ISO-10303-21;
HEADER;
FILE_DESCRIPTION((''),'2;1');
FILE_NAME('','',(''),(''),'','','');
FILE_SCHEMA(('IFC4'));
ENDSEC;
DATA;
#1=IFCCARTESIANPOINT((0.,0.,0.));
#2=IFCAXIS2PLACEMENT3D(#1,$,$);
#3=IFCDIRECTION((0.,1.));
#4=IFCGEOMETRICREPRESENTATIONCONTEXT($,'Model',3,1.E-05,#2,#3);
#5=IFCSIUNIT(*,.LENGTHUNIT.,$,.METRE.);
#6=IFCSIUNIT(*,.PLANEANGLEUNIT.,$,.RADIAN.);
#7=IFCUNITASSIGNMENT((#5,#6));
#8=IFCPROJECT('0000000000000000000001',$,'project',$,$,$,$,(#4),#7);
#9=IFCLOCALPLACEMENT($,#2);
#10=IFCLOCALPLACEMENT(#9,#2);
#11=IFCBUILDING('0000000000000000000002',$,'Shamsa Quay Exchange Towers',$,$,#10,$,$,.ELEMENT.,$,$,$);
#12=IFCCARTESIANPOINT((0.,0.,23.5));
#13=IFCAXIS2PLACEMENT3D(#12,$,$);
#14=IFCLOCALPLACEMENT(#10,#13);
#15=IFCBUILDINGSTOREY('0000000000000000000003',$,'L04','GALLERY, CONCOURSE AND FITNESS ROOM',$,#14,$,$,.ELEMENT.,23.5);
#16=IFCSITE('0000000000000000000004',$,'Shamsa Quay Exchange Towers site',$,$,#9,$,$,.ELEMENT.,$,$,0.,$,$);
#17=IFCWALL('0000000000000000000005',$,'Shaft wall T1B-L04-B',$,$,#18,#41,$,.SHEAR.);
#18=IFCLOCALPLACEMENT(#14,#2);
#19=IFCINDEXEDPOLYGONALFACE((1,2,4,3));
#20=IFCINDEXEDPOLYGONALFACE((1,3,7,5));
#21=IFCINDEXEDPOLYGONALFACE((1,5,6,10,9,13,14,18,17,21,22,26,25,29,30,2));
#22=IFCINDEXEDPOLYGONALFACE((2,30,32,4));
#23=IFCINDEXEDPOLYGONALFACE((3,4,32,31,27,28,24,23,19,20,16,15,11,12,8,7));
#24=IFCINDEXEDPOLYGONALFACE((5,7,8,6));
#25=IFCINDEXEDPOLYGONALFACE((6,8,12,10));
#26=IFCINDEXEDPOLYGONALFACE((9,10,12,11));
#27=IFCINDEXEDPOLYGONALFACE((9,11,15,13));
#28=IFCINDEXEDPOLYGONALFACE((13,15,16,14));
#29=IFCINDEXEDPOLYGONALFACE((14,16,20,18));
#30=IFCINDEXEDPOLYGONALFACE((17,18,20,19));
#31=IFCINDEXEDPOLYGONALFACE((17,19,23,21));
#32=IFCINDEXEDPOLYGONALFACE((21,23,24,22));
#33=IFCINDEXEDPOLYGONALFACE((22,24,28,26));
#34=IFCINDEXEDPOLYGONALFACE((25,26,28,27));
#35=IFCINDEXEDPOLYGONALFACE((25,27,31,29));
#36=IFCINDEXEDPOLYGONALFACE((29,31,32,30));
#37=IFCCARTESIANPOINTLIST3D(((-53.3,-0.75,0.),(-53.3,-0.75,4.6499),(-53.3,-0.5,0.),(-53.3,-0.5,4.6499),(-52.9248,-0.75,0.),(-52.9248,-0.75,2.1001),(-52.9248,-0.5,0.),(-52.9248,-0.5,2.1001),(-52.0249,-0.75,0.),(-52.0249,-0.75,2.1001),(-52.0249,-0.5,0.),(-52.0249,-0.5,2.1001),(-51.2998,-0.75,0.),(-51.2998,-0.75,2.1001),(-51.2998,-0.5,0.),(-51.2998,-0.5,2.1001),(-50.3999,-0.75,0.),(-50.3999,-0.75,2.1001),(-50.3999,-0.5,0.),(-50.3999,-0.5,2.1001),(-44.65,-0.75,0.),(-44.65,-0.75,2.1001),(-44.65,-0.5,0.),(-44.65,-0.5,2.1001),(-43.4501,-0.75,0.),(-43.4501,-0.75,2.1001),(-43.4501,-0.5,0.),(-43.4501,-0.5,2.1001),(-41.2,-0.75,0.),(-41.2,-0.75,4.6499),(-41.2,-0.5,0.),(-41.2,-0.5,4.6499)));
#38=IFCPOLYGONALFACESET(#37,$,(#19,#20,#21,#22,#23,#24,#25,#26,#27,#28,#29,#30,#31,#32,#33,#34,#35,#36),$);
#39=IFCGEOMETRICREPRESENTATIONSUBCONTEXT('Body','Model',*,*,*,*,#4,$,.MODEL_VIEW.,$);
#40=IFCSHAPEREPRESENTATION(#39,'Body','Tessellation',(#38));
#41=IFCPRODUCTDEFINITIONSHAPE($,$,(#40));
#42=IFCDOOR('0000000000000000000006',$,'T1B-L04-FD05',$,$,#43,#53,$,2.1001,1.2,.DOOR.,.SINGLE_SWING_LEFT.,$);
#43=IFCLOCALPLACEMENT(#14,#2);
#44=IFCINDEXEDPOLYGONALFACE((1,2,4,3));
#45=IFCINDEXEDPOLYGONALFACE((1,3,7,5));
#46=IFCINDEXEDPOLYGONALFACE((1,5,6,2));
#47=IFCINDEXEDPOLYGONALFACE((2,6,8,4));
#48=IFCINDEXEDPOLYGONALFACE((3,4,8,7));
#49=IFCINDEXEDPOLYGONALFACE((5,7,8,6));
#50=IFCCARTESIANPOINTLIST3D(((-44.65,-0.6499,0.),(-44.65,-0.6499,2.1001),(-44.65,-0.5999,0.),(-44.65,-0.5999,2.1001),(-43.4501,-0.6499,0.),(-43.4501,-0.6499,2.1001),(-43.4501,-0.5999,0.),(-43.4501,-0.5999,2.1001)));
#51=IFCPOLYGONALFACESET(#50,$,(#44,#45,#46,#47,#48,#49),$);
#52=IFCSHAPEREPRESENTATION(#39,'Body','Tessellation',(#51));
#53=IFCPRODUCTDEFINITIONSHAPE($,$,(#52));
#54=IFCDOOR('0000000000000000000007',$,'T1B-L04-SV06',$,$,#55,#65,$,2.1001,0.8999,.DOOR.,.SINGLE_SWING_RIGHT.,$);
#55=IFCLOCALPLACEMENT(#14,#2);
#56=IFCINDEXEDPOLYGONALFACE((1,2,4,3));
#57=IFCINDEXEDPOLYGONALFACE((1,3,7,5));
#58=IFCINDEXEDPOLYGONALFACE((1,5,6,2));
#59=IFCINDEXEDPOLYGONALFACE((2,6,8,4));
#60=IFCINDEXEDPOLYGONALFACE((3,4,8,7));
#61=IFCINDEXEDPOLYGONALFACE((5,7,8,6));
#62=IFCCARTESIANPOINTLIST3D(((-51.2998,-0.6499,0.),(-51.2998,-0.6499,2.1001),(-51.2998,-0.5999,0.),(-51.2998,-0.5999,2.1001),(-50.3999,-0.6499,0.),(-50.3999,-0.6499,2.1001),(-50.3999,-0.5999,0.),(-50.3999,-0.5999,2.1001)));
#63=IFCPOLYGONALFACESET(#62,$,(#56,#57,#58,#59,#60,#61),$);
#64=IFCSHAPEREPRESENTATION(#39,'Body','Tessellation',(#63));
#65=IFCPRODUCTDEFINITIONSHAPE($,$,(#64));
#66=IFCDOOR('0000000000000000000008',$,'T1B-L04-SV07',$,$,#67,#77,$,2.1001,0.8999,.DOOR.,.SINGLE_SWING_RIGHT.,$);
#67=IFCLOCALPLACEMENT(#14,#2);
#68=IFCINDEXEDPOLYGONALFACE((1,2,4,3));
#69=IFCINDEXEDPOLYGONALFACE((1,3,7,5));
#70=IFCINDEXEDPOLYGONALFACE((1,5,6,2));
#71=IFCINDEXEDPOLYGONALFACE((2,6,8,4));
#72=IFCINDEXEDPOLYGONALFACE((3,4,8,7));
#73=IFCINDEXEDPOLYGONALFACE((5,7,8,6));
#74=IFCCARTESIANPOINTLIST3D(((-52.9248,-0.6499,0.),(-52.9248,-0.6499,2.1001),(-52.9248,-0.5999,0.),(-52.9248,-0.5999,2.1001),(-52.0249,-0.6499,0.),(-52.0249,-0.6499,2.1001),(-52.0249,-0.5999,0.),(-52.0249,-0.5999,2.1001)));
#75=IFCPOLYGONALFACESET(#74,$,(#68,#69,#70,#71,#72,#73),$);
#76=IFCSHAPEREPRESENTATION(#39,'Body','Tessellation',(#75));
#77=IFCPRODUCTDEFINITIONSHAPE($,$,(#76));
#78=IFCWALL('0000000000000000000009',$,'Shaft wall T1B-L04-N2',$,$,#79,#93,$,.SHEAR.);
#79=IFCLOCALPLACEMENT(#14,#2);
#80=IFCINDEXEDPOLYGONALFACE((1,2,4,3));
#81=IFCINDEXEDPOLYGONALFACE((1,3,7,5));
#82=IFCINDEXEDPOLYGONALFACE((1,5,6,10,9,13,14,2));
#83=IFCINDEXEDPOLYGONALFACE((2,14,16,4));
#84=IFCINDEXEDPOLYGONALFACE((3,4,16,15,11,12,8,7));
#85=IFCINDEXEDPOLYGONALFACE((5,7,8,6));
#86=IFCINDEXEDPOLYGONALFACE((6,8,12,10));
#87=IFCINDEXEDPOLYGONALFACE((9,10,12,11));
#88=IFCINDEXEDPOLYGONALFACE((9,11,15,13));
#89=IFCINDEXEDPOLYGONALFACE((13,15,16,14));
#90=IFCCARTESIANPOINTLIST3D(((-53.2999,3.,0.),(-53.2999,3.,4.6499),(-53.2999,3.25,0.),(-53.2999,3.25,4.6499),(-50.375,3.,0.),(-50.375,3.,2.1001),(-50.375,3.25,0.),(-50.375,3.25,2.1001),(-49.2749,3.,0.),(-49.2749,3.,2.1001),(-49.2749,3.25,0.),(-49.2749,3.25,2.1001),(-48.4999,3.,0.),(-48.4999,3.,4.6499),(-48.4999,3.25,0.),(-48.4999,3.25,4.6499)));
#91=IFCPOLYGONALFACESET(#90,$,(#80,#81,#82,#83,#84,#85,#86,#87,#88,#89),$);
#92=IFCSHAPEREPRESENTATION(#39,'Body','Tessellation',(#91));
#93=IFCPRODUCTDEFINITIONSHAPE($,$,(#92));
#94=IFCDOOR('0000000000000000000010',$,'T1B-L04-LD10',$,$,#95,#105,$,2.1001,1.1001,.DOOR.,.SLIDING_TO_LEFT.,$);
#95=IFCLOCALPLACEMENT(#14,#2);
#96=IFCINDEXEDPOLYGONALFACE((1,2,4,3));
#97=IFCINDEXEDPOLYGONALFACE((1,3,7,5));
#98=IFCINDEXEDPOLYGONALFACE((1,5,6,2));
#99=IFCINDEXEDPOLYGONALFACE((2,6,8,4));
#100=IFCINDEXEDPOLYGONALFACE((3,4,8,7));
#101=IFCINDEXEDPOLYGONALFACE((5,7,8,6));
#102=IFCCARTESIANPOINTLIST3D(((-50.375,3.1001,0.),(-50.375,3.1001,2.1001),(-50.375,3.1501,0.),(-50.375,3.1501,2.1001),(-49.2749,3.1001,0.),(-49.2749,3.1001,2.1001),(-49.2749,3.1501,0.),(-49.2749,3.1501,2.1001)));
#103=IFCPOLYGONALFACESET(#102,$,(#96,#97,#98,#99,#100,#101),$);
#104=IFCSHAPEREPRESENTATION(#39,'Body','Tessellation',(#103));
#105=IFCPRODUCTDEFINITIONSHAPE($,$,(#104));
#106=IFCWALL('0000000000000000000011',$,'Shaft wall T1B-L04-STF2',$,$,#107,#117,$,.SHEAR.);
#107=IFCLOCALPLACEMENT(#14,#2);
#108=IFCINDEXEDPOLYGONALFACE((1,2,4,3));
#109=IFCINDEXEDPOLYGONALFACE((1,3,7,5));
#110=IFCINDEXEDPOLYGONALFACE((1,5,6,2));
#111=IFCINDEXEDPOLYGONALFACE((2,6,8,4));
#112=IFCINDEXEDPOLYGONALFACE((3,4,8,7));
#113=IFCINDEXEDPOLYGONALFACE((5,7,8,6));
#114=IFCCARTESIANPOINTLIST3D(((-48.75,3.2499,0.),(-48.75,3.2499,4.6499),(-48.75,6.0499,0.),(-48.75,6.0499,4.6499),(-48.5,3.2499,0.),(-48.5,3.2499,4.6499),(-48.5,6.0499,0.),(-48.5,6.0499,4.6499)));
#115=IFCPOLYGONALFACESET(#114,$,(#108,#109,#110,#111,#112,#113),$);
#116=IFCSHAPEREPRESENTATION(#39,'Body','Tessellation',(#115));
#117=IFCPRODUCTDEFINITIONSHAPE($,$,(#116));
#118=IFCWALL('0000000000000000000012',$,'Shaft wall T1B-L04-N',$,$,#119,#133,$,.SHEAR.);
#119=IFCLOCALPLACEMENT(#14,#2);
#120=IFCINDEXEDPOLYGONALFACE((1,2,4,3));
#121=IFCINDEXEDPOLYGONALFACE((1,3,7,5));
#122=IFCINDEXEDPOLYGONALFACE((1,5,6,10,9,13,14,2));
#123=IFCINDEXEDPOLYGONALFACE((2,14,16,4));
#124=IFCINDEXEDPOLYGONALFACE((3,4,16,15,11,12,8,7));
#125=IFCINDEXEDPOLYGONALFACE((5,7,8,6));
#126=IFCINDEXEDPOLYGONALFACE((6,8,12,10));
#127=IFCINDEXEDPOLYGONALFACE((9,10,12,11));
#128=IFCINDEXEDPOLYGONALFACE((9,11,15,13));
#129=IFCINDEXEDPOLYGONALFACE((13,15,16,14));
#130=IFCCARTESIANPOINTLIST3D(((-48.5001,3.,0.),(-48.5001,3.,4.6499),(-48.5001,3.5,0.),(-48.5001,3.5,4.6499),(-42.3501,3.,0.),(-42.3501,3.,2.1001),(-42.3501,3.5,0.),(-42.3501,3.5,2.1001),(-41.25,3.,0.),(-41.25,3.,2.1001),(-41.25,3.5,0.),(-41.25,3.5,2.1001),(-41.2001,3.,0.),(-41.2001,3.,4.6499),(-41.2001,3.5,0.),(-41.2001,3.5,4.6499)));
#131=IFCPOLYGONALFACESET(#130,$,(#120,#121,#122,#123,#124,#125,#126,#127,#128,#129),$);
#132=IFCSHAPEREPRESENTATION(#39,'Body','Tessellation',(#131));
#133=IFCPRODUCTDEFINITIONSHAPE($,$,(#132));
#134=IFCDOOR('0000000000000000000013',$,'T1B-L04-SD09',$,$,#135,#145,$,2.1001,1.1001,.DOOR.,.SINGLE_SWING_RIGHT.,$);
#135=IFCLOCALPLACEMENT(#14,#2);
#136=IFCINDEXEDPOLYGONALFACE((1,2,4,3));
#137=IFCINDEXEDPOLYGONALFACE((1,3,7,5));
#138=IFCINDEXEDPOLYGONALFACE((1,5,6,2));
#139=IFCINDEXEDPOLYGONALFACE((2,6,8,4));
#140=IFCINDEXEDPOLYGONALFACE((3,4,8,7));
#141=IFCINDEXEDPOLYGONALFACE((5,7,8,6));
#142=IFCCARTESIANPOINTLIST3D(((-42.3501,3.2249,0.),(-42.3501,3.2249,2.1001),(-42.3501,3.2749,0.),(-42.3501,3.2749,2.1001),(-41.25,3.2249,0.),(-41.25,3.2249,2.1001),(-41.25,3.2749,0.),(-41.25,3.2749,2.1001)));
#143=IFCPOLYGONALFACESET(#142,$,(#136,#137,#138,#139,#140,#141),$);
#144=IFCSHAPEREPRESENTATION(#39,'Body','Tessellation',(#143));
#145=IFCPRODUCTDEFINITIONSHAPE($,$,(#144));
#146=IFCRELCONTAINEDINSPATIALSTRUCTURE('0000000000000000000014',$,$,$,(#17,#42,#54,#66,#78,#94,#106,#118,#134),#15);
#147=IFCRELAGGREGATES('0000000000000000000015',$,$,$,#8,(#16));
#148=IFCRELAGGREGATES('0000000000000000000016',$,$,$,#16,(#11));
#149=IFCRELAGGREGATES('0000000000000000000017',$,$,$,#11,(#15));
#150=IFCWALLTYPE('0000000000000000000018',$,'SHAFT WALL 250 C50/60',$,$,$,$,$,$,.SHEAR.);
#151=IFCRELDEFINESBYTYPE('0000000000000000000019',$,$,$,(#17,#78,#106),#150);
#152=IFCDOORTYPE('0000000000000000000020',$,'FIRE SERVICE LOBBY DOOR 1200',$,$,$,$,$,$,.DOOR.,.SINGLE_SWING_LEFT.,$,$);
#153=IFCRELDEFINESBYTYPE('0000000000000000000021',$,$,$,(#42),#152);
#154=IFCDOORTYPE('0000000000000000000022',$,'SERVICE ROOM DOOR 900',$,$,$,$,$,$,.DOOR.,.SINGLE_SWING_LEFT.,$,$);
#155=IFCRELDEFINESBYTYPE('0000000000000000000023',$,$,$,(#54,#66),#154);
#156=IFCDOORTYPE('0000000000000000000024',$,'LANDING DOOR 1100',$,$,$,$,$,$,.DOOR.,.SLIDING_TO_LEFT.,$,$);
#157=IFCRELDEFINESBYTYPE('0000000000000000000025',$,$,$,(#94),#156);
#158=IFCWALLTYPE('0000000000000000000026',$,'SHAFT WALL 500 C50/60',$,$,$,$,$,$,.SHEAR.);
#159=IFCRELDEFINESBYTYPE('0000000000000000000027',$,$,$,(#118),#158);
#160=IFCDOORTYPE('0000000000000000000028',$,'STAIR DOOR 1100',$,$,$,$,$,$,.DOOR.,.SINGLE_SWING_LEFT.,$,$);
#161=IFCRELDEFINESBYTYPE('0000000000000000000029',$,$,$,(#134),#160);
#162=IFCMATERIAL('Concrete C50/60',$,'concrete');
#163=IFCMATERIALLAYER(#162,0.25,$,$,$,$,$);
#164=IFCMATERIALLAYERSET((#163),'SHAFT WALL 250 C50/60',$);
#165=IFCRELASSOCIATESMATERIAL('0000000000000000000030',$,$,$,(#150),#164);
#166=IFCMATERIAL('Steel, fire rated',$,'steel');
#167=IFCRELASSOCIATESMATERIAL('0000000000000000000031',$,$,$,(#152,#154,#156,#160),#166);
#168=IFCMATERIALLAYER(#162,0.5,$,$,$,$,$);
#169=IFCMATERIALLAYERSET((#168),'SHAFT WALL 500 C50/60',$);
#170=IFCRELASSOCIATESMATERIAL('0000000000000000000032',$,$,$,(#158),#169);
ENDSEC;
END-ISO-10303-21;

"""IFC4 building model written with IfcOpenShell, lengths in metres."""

from ifc_helpers import new_model, si_unit, direction, frame, frame_2d, origin, place, context, subcontext, project, spatial, rectangle, extrude, material, layer, layer_set, type_object, element, fill, save


model = new_model("IFC4")

# Units and contexts
model_context = context("Model", 3, precision=1e-05, world=origin(), true_north=direction((0.0, 1.0)))
body_context = subcontext(model_context, "Body", "Model", "MODEL_VIEW")
ifc_project = project(units=[si_unit("LENGTHUNIT", "METRE"), si_unit("PLANEANGLEUNIT", "RADIAN")], contexts=[model_context])

# Site, building, storey
site_placement = place(None, origin())
site = spatial("IfcSite", under=ifc_project, at=site_placement, Name="Shamsa Quay Exchange Towers site", CompositionType="ELEMENT", RefElevation=0.0)
building_placement = place(site_placement, origin())
building = spatial("IfcBuilding", under=site, at=building_placement, Name="Shamsa Quay Exchange Towers", CompositionType="ELEMENT")
storey_placement = place(building_placement, frame((0.0, 0.0, 23.5)))
storey = spatial("IfcBuildingStorey", under=building, at=storey_placement, Name="L04", Description="GALLERY, CONCOURSE AND FITNESS ROOM", CompositionType="ELEMENT", Elevation=23.5)

# Wall, openings, doors
ifc_material_1 = material(Name="Concrete C50/60", Category="concrete")
ifc_layer_1 = layer(ifc_material_1, 0.25)
ifc_layer_set_1 = layer_set([ifc_layer_1], Name="SHAFT WALL 250 C50/60")
wall_type_1 = type_object("IfcWallType", Name="SHAFT WALL 250 C50/60", PredefinedType="SHEAR", material=ifc_layer_set_1)
wall_1_placement = place(storey_placement, frame((-41.2, -0.625, 0.0), z_axis=(0.0, 0.0, 1.0), x_axis=(-1.0, 0.0, 0.0)))
wall_1 = element("IfcWall", 1, at=wall_1_placement, inside=storey, type_object=wall_type_1, Name="Shaft wall T1B-L04-B", PredefinedType="SHEAR", context=body_context, shape_type="SweptSolid", body=[
    extrude(rectangle(XDim=12.1001, YDim=0.25, at=frame_2d((6.05, 0.0))), origin(), (0.0, 0.0, 1.0), 4.6499),
])
opening_1_placement = place(wall_1_placement, frame((2.25, 0.0, 0.0)))
opening_1 = element("IfcOpeningElement", 2, at=opening_1_placement, cuts=wall_1, PredefinedType="OPENING", context=body_context, shape_type="SweptSolid", body=[
    extrude(rectangle(XDim=1.2, YDim=2.1001, at=frame_2d((0.6001, 1.05))), frame((0.0, 0.135, 0.0), z_axis=(0.0, -1.0, 0.0), x_axis=(1.0, 0.0, 0.0)), (0.0, 0.0, 1.0), 0.27),
])
opening_2_placement = place(wall_1_placement, frame((9.2, 0.0, 0.0)))
opening_2 = element("IfcOpeningElement", 3, at=opening_2_placement, cuts=wall_1, PredefinedType="OPENING", context=body_context, shape_type="SweptSolid", body=[
    extrude(rectangle(XDim=0.8999, YDim=2.1001, at=frame_2d((0.45, 1.05))), frame((0.0, 0.135, 0.0), z_axis=(0.0, -1.0, 0.0), x_axis=(1.0, 0.0, 0.0)), (0.0, 0.0, 1.0), 0.27),
])
opening_3_placement = place(wall_1_placement, frame((10.825, 0.0, 0.0)))
opening_3 = element("IfcOpeningElement", 4, at=opening_3_placement, cuts=wall_1, PredefinedType="OPENING", context=body_context, shape_type="SweptSolid", body=[
    extrude(rectangle(XDim=0.8999, YDim=2.1001, at=frame_2d((0.45, 1.05))), frame((0.0, 0.135, 0.0), z_axis=(0.0, -1.0, 0.0), x_axis=(1.0, 0.0, 0.0)), (0.0, 0.0, 1.0), 0.27),
])
ifc_material_2 = material(Name="Steel, fire rated", Category="steel")
door_type_1 = type_object("IfcDoorType", Name="FIRE SERVICE LOBBY DOOR 1200", OperationType="SINGLE_SWING_LEFT", PredefinedType="DOOR", material=ifc_material_2)
door_1_placement = place(opening_1_placement, origin())
door_1 = element("IfcDoor", 5, at=door_1_placement, inside=storey, type_object=door_type_1, Name="T1B-L04-FD05", OperationType="SINGLE_SWING_LEFT", OverallHeight=2.1001, OverallWidth=1.2, PredefinedType="DOOR", context=body_context, shape_type="SweptSolid", body=[
    extrude(rectangle(XDim=1.2, YDim=2.1001, at=frame_2d((0.6001, 1.05))), frame((0.0, 0.0249, 0.0), z_axis=(0.0, -1.0, 0.0), x_axis=(1.0, 0.0, 0.0)), (0.0, 0.0, 1.0), 0.05),
])
fill(opening_1, door_1)
door_type_2 = type_object("IfcDoorType", Name="SERVICE ROOM DOOR 900", OperationType="SINGLE_SWING_LEFT", PredefinedType="DOOR", material=ifc_material_2)
door_2_placement = place(opening_2_placement, origin())
door_2 = element("IfcDoor", 6, at=door_2_placement, inside=storey, type_object=door_type_2, Name="T1B-L04-SV06", OperationType="SINGLE_SWING_RIGHT", OverallHeight=2.1001, OverallWidth=0.8999, PredefinedType="DOOR", context=body_context, shape_type="SweptSolid", body=[
    extrude(rectangle(XDim=0.8999, YDim=2.1001, at=frame_2d((0.45, 1.05))), frame((0.0, 0.0249, 0.0), z_axis=(0.0, -1.0, 0.0), x_axis=(1.0, 0.0, 0.0)), (0.0, 0.0, 1.0), 0.05),
])
fill(opening_2, door_2)
door_3_placement = place(opening_3_placement, origin())
door_3 = element("IfcDoor", 7, at=door_3_placement, inside=storey, type_object=door_type_2, Name="T1B-L04-SV07", OperationType="SINGLE_SWING_RIGHT", OverallHeight=2.1001, OverallWidth=0.8999, PredefinedType="DOOR", context=body_context, shape_type="SweptSolid", body=[
    extrude(rectangle(XDim=0.8999, YDim=2.1001, at=frame_2d((0.45, 1.05))), frame((0.0, 0.0249, 0.0), z_axis=(0.0, -1.0, 0.0), x_axis=(1.0, 0.0, 0.0)), (0.0, 0.0, 1.0), 0.05),
])
fill(opening_3, door_3)

# Wall, opening, door
wall_2_placement = place(storey_placement, frame((-48.5, 3.125, 0.0), z_axis=(0.0, 0.0, 1.0), x_axis=(-1.0, 0.0, 0.0)))
wall_2 = element("IfcWall", 8, at=wall_2_placement, inside=storey, type_object=wall_type_1, Name="Shaft wall T1B-L04-N2", PredefinedType="SHEAR", context=body_context, shape_type="SweptSolid", body=[
    extrude(rectangle(XDim=4.8, YDim=0.25, at=frame_2d((2.3999, 0.0))), origin(), (0.0, 0.0, 1.0), 4.6499),
])
opening_4_placement = place(wall_2_placement, frame((0.7749, 0.0, 0.0)))
opening_4 = element("IfcOpeningElement", 9, at=opening_4_placement, cuts=wall_2, PredefinedType="OPENING", context=body_context, shape_type="SweptSolid", body=[
    extrude(rectangle(XDim=1.1001, YDim=2.1001, at=frame_2d((0.55, 1.05))), frame((0.0, 0.135, 0.0), z_axis=(0.0, -1.0, 0.0), x_axis=(1.0, 0.0, 0.0)), (0.0, 0.0, 1.0), 0.27),
])
door_type_3 = type_object("IfcDoorType", Name="LANDING DOOR 1100", OperationType="SLIDING_TO_LEFT", PredefinedType="DOOR", material=ifc_material_2)
door_4_placement = place(opening_4_placement, origin())
door_4 = element("IfcDoor", 10, at=door_4_placement, inside=storey, type_object=door_type_3, Name="T1B-L04-LD10", OperationType="SLIDING_TO_LEFT", OverallHeight=2.1001, OverallWidth=1.1001, PredefinedType="DOOR", context=body_context, shape_type="SweptSolid", body=[
    extrude(rectangle(XDim=1.1001, YDim=2.1001, at=frame_2d((0.55, 1.05))), frame((0.0, 0.0249, 0.0), z_axis=(0.0, -1.0, 0.0), x_axis=(1.0, 0.0, 0.0)), (0.0, 0.0, 1.0), 0.05),
])
fill(opening_4, door_4)

# Wall
wall_3_placement = place(storey_placement, frame((-48.625, 3.25, 0.0), z_axis=(0.0, 0.0, 1.0), x_axis=(0.0, 1.0, 0.0)))
element("IfcWall", 11, at=wall_3_placement, inside=storey, type_object=wall_type_1, Name="Shaft wall T1B-L04-STF2", PredefinedType="SHEAR", context=body_context, shape_type="SweptSolid", body=[
    extrude(rectangle(XDim=2.8, YDim=0.25, at=frame_2d((1.3999, 0.0))), origin(), (0.0, 0.0, 1.0), 4.6499),
])

# Wall, opening, door
ifc_layer_2 = layer(ifc_material_1, 0.5)
ifc_layer_set_2 = layer_set([ifc_layer_2], Name="SHAFT WALL 500 C50/60")
wall_type_2 = type_object("IfcWallType", Name="SHAFT WALL 500 C50/60", PredefinedType="SHEAR", material=ifc_layer_set_2)
wall_4_placement = place(storey_placement, frame((-48.5, 3.25, 0.0)))
wall_4 = element("IfcWall", 12, at=wall_4_placement, inside=storey, type_object=wall_type_2, Name="Shaft wall T1B-L04-N", PredefinedType="SHEAR", context=body_context, shape_type="SweptSolid", body=[
    extrude(rectangle(XDim=7.3, YDim=0.5, at=frame_2d((3.6499, 0.0))), origin(), (0.0, 0.0, 1.0), 4.6499),
])
opening_5_placement = place(wall_4_placement, frame((6.1499, 0.0, 0.0)))
opening_5 = element("IfcOpeningElement", 13, at=opening_5_placement, cuts=wall_4, PredefinedType="OPENING", context=body_context, shape_type="SweptSolid", body=[
    extrude(rectangle(XDim=1.1001, YDim=2.1001, at=frame_2d((0.55, 1.05))), frame((0.0, 0.26, 0.0), z_axis=(0.0, -1.0, 0.0), x_axis=(1.0, 0.0, 0.0)), (0.0, 0.0, 1.0), 0.52),
])
door_type_4 = type_object("IfcDoorType", Name="STAIR DOOR 1100", OperationType="SINGLE_SWING_LEFT", PredefinedType="DOOR", material=ifc_material_2)
door_5_placement = place(opening_5_placement, origin())
door_5 = element("IfcDoor", 14, at=door_5_placement, inside=storey, type_object=door_type_4, Name="T1B-L04-SD09", OperationType="SINGLE_SWING_RIGHT", OverallHeight=2.1001, OverallWidth=1.1001, PredefinedType="DOOR", context=body_context, shape_type="SweptSolid", body=[
    extrude(rectangle(XDim=1.1001, YDim=2.1001, at=frame_2d((0.55, 1.05))), frame((0.0, 0.0249, 0.0), z_axis=(0.0, -1.0, 0.0), x_axis=(1.0, 0.0, 0.0)), (0.0, 0.0, 1.0), 0.05),
])
fill(opening_5, door_5)

save(model, "model.ifc")
